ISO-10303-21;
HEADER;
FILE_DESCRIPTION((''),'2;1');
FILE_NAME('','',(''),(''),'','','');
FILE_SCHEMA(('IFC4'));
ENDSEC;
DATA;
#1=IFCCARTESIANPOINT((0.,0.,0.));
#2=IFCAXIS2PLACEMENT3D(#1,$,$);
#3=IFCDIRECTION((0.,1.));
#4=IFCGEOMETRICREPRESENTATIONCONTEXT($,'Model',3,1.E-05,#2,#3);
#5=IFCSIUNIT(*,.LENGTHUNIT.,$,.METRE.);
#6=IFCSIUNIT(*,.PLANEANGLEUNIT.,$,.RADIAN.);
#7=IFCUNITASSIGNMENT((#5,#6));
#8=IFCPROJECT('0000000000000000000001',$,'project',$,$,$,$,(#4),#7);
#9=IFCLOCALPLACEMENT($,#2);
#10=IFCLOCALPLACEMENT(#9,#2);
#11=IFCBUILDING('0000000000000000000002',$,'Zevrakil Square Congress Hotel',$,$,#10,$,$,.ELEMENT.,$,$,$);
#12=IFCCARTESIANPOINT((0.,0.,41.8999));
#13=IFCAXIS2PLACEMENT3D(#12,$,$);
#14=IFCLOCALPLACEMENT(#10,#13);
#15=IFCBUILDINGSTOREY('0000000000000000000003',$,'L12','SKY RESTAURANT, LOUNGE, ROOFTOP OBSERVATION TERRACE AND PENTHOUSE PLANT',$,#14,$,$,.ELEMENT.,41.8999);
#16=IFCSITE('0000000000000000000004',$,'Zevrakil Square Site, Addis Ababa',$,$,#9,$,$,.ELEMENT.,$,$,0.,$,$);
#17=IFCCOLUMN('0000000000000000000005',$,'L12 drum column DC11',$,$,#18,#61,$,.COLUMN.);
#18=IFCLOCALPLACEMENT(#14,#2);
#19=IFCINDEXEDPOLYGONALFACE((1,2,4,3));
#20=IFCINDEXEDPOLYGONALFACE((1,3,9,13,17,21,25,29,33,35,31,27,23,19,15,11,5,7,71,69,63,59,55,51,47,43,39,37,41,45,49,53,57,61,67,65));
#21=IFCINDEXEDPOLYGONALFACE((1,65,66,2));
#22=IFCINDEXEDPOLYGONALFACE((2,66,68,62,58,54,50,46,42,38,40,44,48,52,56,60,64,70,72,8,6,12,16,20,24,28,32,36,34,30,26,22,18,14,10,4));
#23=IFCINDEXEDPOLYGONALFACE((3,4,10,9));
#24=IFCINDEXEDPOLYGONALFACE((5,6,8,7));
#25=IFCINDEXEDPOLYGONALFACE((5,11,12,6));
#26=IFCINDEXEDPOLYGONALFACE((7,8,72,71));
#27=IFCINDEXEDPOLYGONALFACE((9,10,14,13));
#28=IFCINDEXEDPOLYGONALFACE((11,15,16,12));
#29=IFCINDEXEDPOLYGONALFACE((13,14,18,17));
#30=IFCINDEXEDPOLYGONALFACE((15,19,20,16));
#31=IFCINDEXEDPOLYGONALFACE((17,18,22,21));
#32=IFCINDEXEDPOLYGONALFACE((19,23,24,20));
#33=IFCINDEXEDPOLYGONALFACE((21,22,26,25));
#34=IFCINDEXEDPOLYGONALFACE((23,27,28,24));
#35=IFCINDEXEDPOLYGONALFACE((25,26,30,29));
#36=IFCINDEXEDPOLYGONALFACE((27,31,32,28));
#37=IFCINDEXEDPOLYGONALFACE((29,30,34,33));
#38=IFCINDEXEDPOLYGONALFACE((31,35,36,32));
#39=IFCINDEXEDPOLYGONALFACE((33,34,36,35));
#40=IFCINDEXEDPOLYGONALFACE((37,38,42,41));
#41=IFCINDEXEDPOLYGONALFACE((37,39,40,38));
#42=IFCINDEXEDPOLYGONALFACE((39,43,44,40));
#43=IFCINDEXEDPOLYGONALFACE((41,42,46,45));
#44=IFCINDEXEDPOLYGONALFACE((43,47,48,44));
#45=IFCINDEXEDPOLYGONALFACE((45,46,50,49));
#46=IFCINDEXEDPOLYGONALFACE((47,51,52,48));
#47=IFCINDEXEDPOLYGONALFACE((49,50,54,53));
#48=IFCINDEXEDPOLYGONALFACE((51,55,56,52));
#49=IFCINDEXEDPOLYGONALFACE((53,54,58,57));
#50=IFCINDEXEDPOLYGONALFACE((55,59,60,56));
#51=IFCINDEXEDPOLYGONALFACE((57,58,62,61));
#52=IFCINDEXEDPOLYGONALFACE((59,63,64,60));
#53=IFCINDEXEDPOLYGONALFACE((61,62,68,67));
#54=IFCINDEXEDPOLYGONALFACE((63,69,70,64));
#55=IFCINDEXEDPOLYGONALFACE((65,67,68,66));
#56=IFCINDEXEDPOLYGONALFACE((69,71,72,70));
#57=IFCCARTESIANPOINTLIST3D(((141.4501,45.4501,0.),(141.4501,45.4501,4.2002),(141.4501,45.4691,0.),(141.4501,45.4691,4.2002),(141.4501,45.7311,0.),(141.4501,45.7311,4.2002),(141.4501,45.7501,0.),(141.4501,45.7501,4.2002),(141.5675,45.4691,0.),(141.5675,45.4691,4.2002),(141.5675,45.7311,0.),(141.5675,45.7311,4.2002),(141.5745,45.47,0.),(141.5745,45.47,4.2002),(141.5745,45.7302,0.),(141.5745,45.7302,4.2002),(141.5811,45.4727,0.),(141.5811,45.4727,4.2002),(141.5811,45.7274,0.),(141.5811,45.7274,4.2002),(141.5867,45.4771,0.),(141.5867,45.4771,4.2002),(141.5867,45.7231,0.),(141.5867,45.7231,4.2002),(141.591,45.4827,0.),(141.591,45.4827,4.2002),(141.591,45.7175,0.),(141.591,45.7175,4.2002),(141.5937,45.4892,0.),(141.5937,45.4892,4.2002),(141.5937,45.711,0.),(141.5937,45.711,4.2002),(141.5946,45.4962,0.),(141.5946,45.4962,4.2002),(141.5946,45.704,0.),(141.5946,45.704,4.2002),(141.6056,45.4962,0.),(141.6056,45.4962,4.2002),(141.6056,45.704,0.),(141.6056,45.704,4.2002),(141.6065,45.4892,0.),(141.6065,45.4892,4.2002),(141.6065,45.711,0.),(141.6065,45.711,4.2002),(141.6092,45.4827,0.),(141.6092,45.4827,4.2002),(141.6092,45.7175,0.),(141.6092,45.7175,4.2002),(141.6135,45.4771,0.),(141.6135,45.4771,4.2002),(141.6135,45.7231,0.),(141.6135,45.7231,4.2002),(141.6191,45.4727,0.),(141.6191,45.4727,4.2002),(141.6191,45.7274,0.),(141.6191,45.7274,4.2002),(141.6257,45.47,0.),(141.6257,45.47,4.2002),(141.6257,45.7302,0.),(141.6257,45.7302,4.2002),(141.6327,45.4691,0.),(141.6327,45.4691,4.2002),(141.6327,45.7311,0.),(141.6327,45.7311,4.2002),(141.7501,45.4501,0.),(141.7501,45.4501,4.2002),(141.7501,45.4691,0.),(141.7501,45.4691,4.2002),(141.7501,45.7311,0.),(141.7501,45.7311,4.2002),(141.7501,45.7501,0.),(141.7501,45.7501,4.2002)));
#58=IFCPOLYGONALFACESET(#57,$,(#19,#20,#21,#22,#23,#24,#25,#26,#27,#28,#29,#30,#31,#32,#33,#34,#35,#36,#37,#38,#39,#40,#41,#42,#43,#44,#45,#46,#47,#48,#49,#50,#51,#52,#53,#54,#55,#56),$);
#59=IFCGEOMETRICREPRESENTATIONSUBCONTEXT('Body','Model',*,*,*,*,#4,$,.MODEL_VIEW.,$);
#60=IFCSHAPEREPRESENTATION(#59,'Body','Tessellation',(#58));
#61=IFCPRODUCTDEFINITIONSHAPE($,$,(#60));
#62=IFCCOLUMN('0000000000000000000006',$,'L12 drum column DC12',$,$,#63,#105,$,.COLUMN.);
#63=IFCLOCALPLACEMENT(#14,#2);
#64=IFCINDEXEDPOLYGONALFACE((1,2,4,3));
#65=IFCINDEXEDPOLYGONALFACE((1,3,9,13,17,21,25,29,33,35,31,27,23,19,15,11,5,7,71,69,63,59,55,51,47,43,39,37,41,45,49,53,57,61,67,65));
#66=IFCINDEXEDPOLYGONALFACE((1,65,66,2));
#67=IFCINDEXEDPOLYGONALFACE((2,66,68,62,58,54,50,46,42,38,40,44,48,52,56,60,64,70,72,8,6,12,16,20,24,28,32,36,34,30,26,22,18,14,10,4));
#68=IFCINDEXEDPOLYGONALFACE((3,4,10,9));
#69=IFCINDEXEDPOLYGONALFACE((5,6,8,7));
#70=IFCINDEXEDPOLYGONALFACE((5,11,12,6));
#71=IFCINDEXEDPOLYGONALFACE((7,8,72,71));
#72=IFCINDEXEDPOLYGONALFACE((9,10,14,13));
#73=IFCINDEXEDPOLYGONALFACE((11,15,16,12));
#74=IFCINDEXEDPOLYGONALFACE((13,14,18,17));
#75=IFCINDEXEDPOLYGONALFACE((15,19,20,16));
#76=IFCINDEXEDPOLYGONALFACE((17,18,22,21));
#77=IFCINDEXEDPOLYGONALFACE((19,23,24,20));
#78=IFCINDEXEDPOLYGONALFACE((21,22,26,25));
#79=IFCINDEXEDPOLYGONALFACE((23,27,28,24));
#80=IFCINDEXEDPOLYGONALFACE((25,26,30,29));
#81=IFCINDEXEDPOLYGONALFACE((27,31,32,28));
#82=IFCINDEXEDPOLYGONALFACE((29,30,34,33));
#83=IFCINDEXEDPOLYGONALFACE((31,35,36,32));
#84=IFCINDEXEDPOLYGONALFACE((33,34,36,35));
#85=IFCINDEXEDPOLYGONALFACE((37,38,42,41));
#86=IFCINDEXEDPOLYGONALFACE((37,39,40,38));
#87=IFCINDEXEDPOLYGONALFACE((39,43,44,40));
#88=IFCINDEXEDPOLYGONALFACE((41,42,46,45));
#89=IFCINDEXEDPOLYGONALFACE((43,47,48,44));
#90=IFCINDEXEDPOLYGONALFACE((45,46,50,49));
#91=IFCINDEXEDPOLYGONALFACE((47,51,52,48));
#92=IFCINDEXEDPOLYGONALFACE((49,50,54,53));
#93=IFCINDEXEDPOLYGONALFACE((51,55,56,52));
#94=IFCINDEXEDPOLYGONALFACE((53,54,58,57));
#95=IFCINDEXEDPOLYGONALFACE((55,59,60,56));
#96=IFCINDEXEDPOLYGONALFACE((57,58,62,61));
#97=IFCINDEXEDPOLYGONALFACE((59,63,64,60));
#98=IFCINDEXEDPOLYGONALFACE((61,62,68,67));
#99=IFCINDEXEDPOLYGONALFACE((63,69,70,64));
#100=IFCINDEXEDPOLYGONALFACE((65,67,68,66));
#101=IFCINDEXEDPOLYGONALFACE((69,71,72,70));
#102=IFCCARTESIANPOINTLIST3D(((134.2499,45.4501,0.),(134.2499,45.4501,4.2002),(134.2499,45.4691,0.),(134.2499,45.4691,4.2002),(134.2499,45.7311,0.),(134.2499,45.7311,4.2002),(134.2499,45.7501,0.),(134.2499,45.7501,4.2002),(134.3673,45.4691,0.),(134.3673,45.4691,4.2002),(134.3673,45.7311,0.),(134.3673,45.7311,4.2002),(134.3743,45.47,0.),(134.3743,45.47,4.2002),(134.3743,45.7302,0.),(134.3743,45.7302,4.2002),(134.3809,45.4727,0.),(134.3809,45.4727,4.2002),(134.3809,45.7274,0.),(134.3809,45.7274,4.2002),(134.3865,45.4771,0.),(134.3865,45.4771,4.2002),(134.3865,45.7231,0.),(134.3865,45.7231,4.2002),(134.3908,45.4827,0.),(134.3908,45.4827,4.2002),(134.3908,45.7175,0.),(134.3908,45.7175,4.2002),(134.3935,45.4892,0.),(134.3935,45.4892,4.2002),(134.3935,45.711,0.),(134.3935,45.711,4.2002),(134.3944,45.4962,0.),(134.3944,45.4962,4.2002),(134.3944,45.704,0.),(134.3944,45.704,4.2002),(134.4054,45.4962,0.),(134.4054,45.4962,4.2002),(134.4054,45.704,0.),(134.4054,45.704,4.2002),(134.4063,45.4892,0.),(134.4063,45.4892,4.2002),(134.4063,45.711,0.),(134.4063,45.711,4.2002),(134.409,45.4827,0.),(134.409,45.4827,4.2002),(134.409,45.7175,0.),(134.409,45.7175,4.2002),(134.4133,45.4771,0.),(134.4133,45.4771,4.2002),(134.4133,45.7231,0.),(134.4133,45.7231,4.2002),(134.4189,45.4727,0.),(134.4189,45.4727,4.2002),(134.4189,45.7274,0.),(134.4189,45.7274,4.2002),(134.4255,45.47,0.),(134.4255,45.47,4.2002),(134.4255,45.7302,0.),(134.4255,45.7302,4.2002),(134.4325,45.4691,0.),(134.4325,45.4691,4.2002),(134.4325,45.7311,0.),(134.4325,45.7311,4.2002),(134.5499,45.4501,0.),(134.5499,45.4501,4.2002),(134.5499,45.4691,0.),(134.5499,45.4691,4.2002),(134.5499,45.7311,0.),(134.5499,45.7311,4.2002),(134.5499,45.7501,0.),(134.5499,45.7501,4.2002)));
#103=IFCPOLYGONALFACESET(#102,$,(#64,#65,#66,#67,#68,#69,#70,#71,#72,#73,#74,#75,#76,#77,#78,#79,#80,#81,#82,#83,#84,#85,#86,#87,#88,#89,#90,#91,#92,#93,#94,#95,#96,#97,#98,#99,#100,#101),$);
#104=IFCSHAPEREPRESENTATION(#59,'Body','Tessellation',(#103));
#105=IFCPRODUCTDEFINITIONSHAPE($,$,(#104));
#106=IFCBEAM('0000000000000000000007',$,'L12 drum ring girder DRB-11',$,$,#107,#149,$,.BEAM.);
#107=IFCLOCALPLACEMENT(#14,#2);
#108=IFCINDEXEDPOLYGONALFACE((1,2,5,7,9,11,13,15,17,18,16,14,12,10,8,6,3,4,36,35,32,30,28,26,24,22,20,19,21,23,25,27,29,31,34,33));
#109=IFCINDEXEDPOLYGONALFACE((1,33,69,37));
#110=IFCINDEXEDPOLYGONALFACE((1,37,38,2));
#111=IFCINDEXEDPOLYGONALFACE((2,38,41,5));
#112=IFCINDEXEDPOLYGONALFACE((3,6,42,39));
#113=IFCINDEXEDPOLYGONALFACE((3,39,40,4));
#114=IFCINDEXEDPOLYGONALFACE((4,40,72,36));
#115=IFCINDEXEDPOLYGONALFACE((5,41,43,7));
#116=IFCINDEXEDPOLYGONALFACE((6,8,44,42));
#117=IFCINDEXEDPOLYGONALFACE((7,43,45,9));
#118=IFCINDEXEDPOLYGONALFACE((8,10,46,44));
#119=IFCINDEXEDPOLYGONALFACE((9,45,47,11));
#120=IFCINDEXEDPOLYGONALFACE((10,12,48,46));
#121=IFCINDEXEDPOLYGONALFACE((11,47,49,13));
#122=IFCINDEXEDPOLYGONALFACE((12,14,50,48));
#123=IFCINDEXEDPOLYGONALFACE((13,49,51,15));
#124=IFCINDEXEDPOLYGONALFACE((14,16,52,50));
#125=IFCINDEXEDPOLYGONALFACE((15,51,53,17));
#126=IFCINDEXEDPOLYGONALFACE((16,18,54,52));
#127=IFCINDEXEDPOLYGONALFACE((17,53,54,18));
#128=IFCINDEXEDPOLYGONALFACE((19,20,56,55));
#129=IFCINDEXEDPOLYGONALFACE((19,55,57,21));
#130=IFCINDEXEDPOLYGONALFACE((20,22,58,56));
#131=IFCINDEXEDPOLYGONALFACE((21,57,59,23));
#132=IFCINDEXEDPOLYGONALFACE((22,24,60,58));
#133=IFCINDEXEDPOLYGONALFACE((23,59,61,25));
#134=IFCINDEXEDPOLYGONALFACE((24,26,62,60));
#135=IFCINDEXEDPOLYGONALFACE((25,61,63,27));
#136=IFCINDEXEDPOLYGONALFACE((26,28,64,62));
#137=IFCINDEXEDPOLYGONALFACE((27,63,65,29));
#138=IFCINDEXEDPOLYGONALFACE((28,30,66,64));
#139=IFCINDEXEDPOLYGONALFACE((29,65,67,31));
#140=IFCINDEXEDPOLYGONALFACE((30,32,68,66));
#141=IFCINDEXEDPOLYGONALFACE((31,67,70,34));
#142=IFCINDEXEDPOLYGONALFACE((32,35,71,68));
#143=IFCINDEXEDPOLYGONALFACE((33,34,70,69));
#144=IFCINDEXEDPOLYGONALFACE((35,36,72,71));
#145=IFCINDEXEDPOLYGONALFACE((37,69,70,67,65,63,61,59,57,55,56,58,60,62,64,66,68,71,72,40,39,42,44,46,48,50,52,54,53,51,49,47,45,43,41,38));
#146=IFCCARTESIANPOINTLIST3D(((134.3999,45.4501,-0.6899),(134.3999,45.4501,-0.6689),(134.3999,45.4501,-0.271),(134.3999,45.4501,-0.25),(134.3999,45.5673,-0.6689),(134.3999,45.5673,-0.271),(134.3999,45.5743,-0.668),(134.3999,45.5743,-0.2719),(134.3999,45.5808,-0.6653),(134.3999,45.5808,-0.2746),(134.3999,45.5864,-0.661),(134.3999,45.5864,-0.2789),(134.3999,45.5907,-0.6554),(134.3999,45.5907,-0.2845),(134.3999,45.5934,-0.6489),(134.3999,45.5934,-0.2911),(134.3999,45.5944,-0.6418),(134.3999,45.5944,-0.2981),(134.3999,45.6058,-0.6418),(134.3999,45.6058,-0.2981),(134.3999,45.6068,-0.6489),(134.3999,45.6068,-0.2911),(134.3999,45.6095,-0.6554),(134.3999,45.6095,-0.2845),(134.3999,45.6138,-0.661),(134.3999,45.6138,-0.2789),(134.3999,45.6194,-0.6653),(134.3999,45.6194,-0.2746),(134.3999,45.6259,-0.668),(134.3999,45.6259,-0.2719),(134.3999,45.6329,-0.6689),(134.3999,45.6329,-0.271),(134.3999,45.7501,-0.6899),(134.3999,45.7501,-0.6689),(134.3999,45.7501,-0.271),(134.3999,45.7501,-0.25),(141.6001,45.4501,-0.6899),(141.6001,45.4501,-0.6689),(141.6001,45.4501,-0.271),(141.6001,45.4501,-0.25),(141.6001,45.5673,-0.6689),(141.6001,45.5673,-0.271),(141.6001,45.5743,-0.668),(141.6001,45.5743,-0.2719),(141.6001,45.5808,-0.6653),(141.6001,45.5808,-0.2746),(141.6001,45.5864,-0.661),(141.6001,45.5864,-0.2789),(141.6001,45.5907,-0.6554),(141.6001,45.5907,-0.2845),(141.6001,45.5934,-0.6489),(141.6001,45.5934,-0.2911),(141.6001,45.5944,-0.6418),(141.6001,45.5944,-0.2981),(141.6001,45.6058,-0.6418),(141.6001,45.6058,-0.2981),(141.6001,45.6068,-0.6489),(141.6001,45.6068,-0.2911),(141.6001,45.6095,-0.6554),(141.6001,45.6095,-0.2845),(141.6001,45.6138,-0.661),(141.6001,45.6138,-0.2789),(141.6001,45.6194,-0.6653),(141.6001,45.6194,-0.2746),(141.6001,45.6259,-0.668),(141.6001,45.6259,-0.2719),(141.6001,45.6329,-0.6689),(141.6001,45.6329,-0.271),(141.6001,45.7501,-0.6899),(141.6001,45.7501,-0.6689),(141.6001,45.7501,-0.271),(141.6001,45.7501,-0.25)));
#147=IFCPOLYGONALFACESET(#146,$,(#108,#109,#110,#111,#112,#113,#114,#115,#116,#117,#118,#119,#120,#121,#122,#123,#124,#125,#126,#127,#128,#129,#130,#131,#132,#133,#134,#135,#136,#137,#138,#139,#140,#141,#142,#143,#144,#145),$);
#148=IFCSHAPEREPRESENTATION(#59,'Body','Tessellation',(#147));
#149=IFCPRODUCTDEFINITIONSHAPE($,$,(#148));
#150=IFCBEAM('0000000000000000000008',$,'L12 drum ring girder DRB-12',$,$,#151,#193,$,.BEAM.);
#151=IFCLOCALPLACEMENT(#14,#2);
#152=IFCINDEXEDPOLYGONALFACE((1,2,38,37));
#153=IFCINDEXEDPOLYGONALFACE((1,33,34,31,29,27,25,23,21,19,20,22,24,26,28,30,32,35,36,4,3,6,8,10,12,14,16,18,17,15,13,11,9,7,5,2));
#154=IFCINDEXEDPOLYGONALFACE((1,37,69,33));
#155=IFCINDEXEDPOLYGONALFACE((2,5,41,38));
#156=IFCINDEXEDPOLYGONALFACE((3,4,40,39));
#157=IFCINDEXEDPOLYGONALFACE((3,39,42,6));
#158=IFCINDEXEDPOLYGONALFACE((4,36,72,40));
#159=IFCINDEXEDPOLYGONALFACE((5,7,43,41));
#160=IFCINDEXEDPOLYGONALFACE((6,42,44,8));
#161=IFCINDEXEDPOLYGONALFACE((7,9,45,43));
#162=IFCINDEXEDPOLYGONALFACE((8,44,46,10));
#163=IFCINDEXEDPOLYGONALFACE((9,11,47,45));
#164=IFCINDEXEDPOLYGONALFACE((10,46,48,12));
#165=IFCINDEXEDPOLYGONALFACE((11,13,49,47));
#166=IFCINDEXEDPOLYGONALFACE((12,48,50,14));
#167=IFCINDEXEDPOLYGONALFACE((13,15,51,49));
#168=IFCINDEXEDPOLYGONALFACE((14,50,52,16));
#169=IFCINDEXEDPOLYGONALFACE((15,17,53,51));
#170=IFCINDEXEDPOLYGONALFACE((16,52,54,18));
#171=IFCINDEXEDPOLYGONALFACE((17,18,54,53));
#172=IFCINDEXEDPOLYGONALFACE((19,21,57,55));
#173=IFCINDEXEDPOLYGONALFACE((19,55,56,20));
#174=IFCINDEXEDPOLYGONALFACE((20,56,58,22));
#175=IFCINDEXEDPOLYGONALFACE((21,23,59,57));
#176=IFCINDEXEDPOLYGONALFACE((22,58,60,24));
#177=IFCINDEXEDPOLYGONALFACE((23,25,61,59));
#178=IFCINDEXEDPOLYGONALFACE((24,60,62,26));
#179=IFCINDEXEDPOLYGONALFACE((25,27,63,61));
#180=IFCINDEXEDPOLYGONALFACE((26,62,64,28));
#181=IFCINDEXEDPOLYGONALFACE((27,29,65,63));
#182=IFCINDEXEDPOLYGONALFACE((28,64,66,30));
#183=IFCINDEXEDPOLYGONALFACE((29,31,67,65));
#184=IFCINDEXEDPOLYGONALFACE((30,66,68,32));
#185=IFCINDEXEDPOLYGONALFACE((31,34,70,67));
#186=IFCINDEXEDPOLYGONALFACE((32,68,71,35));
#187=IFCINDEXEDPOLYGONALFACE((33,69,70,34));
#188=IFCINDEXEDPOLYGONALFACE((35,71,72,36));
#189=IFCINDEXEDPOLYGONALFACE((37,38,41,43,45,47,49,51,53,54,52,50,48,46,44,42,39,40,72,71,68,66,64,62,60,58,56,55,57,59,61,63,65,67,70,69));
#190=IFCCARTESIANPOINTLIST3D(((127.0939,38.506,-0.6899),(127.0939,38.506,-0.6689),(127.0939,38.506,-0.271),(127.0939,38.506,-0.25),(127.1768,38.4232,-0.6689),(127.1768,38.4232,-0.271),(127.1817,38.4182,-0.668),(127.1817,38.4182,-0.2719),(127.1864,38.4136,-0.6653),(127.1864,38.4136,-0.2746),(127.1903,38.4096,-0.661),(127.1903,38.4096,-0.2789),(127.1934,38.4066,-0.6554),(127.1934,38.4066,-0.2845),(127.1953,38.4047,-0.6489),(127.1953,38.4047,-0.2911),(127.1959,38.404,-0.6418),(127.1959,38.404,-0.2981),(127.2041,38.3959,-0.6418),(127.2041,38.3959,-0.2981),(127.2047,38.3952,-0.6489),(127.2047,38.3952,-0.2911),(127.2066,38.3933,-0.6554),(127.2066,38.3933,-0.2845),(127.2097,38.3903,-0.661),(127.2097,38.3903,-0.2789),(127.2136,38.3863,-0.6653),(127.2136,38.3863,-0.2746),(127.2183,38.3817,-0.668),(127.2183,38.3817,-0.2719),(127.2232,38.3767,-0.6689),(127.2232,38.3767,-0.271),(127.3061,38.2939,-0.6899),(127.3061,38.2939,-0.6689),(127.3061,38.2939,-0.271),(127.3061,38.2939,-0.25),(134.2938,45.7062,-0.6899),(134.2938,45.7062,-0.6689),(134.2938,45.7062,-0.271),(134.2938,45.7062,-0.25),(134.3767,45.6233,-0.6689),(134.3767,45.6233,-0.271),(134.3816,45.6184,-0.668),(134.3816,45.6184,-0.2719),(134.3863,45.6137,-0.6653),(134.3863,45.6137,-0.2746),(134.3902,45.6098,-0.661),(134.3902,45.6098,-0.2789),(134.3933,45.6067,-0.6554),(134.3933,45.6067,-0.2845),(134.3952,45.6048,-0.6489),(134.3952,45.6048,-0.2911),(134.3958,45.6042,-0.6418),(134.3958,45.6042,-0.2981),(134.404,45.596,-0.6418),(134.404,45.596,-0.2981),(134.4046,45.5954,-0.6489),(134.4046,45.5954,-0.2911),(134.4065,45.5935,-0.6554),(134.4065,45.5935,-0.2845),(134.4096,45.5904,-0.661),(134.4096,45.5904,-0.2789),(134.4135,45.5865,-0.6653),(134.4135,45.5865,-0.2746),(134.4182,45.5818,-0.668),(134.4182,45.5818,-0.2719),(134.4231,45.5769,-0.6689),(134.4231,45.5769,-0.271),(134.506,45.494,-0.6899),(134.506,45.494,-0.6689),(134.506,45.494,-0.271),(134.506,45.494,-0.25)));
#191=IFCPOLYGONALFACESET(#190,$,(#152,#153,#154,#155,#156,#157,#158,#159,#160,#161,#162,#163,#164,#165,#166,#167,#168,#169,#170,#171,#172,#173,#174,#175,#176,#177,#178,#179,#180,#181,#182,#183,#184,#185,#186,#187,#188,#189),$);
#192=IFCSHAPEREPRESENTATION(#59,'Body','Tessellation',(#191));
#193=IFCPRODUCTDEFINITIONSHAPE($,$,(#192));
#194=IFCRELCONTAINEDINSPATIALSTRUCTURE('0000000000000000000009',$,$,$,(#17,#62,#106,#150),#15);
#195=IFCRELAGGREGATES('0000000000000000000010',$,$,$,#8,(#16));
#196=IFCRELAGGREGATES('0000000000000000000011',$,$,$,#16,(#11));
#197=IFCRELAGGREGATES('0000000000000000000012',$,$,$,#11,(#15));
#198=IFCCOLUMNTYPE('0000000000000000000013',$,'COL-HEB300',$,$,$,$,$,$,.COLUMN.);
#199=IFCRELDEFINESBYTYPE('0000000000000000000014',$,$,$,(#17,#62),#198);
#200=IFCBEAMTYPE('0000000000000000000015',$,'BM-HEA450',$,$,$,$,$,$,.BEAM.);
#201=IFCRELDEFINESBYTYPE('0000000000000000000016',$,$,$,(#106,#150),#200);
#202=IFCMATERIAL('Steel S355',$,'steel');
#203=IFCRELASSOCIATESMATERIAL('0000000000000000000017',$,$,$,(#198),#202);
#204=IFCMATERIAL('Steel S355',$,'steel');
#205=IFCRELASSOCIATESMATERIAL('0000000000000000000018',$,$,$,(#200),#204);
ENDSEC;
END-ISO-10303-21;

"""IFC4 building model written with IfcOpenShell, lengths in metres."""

from ifc_helpers import new_model, si_unit, direction, frame, origin, origin_2d, place, context, subcontext, project, spatial, i_section, extrude, material, material_profile, profile_set, type_object, element, save


model = new_model("IFC4")

# Units and contexts
model_context = context("Model", 3, precision=1e-05, world=origin(), true_north=direction((0.0, 1.0)))
body_context = subcontext(model_context, "Body", "Model", "MODEL_VIEW")
ifc_project = project(units=[si_unit("LENGTHUNIT", "METRE"), si_unit("PLANEANGLEUNIT", "RADIAN")], contexts=[model_context])

# Site, building, storey
site_placement = place(None, origin())
site = spatial("IfcSite", under=ifc_project, at=site_placement, Name="Zevrakil Square Site, Addis Ababa", CompositionType="ELEMENT", RefElevation=0.0)
building_placement = place(site_placement, origin())
building = spatial("IfcBuilding", under=site, at=building_placement, Name="Zevrakil Square Congress Hotel", CompositionType="ELEMENT")
storey_placement = place(building_placement, frame((0.0, 0.0, 41.8999)))
storey = spatial("IfcBuildingStorey", under=building, at=storey_placement, Name="L12", Description="SKY RESTAURANT, LOUNGE, ROOFTOP OBSERVATION TERRACE AND PENTHOUSE PLANT", CompositionType="ELEMENT", Elevation=41.8999)

# Columns
ifc_material_1 = material(Name="Steel S355", Category="steel")
ifc_material_profile_1 = material_profile(ifc_material_1, i_section(OverallWidth=0.3, OverallDepth=0.3, WebThickness=0.011, FlangeThickness=0.019, FilletRadius=0.0271, at=origin_2d()), Name="HEB 300")
ifc_profile_set_1 = profile_set([ifc_material_profile_1], Name="Steel S355")
column_type = type_object("IfcColumnType", Name="COL-HEB300", PredefinedType="COLUMN", material=ifc_profile_set_1)
for number, where, z_axis, x_axis, name in (
    (1, (141.6001, 45.6001, 0.0), (0.0, 0.0, 1.0), (1.0, 0.0, 0.0), "L12 drum column DC11"),
    (2, (134.3999, 45.6001, 0.0), (0.0, 0.0, 1.0), (1.0, 0.0, 0.0), "L12 drum column DC12"),
):
    element("IfcColumn", number, at=place(storey_placement, frame(where, z_axis=z_axis, x_axis=x_axis)), inside=storey, type_object=column_type, Name=name, PredefinedType="COLUMN", context=body_context, shape_type="SweptSolid", body=[
        extrude(i_section(OverallWidth=0.3, OverallDepth=0.3, WebThickness=0.011, FlangeThickness=0.019, FilletRadius=0.0271, at=origin_2d()), origin(), (0.0, 0.0, 1.0), 4.2002),
    ])

# Beams
ifc_material_2 = material(Name="Steel S355", Category="steel")
ifc_material_profile_2 = material_profile(ifc_material_2, i_section(OverallWidth=0.3, OverallDepth=0.4399, WebThickness=0.0115, FlangeThickness=0.021, FilletRadius=0.0271, at=origin_2d()), Name="HEA 450")
ifc_profile_set_2 = profile_set([ifc_material_profile_2], Name="Steel S355")
beam_type_1 = type_object("IfcBeamType", Name="BM-HEA450", PredefinedType="BEAM", material=ifc_profile_set_2)
beam_1_placement = place(storey_placement, frame((141.6001, 45.6001, -0.47), z_axis=(-1.0, 0.0, 0.0), x_axis=(0.0, -1.0, 0.0)))
element("IfcBeam", 3, at=beam_1_placement, inside=storey, type_object=beam_type_1, Name="L12 drum ring girder DRB-11", PredefinedType="BEAM", context=body_context, shape_type="SweptSolid", body=[
    extrude(i_section(OverallWidth=0.3, OverallDepth=0.4399, WebThickness=0.0115, FlangeThickness=0.021, FilletRadius=0.0271, at=origin_2d()), origin(), (0.0, 0.0, 1.0), 7.2002),
])
beam_2_placement = place(storey_placement, frame((134.3999, 45.6001, -0.47), z_axis=(-0.707095, -0.707119, 0.0), x_axis=(0.707119, -0.707095, 0.0)))
element("IfcBeam", 4, at=beam_2_placement, inside=storey, type_object=beam_type_1, Name="L12 drum ring girder DRB-12", PredefinedType="BEAM", context=body_context, shape_type="SweptSolid", body=[
    extrude(i_section(OverallWidth=0.3, OverallDepth=0.4399, WebThickness=0.0115, FlangeThickness=0.021, FilletRadius=0.0271, at=origin_2d()), origin(), (0.0, 0.0, 1.0), 10.1824),
])

save(model, "model.ifc")
